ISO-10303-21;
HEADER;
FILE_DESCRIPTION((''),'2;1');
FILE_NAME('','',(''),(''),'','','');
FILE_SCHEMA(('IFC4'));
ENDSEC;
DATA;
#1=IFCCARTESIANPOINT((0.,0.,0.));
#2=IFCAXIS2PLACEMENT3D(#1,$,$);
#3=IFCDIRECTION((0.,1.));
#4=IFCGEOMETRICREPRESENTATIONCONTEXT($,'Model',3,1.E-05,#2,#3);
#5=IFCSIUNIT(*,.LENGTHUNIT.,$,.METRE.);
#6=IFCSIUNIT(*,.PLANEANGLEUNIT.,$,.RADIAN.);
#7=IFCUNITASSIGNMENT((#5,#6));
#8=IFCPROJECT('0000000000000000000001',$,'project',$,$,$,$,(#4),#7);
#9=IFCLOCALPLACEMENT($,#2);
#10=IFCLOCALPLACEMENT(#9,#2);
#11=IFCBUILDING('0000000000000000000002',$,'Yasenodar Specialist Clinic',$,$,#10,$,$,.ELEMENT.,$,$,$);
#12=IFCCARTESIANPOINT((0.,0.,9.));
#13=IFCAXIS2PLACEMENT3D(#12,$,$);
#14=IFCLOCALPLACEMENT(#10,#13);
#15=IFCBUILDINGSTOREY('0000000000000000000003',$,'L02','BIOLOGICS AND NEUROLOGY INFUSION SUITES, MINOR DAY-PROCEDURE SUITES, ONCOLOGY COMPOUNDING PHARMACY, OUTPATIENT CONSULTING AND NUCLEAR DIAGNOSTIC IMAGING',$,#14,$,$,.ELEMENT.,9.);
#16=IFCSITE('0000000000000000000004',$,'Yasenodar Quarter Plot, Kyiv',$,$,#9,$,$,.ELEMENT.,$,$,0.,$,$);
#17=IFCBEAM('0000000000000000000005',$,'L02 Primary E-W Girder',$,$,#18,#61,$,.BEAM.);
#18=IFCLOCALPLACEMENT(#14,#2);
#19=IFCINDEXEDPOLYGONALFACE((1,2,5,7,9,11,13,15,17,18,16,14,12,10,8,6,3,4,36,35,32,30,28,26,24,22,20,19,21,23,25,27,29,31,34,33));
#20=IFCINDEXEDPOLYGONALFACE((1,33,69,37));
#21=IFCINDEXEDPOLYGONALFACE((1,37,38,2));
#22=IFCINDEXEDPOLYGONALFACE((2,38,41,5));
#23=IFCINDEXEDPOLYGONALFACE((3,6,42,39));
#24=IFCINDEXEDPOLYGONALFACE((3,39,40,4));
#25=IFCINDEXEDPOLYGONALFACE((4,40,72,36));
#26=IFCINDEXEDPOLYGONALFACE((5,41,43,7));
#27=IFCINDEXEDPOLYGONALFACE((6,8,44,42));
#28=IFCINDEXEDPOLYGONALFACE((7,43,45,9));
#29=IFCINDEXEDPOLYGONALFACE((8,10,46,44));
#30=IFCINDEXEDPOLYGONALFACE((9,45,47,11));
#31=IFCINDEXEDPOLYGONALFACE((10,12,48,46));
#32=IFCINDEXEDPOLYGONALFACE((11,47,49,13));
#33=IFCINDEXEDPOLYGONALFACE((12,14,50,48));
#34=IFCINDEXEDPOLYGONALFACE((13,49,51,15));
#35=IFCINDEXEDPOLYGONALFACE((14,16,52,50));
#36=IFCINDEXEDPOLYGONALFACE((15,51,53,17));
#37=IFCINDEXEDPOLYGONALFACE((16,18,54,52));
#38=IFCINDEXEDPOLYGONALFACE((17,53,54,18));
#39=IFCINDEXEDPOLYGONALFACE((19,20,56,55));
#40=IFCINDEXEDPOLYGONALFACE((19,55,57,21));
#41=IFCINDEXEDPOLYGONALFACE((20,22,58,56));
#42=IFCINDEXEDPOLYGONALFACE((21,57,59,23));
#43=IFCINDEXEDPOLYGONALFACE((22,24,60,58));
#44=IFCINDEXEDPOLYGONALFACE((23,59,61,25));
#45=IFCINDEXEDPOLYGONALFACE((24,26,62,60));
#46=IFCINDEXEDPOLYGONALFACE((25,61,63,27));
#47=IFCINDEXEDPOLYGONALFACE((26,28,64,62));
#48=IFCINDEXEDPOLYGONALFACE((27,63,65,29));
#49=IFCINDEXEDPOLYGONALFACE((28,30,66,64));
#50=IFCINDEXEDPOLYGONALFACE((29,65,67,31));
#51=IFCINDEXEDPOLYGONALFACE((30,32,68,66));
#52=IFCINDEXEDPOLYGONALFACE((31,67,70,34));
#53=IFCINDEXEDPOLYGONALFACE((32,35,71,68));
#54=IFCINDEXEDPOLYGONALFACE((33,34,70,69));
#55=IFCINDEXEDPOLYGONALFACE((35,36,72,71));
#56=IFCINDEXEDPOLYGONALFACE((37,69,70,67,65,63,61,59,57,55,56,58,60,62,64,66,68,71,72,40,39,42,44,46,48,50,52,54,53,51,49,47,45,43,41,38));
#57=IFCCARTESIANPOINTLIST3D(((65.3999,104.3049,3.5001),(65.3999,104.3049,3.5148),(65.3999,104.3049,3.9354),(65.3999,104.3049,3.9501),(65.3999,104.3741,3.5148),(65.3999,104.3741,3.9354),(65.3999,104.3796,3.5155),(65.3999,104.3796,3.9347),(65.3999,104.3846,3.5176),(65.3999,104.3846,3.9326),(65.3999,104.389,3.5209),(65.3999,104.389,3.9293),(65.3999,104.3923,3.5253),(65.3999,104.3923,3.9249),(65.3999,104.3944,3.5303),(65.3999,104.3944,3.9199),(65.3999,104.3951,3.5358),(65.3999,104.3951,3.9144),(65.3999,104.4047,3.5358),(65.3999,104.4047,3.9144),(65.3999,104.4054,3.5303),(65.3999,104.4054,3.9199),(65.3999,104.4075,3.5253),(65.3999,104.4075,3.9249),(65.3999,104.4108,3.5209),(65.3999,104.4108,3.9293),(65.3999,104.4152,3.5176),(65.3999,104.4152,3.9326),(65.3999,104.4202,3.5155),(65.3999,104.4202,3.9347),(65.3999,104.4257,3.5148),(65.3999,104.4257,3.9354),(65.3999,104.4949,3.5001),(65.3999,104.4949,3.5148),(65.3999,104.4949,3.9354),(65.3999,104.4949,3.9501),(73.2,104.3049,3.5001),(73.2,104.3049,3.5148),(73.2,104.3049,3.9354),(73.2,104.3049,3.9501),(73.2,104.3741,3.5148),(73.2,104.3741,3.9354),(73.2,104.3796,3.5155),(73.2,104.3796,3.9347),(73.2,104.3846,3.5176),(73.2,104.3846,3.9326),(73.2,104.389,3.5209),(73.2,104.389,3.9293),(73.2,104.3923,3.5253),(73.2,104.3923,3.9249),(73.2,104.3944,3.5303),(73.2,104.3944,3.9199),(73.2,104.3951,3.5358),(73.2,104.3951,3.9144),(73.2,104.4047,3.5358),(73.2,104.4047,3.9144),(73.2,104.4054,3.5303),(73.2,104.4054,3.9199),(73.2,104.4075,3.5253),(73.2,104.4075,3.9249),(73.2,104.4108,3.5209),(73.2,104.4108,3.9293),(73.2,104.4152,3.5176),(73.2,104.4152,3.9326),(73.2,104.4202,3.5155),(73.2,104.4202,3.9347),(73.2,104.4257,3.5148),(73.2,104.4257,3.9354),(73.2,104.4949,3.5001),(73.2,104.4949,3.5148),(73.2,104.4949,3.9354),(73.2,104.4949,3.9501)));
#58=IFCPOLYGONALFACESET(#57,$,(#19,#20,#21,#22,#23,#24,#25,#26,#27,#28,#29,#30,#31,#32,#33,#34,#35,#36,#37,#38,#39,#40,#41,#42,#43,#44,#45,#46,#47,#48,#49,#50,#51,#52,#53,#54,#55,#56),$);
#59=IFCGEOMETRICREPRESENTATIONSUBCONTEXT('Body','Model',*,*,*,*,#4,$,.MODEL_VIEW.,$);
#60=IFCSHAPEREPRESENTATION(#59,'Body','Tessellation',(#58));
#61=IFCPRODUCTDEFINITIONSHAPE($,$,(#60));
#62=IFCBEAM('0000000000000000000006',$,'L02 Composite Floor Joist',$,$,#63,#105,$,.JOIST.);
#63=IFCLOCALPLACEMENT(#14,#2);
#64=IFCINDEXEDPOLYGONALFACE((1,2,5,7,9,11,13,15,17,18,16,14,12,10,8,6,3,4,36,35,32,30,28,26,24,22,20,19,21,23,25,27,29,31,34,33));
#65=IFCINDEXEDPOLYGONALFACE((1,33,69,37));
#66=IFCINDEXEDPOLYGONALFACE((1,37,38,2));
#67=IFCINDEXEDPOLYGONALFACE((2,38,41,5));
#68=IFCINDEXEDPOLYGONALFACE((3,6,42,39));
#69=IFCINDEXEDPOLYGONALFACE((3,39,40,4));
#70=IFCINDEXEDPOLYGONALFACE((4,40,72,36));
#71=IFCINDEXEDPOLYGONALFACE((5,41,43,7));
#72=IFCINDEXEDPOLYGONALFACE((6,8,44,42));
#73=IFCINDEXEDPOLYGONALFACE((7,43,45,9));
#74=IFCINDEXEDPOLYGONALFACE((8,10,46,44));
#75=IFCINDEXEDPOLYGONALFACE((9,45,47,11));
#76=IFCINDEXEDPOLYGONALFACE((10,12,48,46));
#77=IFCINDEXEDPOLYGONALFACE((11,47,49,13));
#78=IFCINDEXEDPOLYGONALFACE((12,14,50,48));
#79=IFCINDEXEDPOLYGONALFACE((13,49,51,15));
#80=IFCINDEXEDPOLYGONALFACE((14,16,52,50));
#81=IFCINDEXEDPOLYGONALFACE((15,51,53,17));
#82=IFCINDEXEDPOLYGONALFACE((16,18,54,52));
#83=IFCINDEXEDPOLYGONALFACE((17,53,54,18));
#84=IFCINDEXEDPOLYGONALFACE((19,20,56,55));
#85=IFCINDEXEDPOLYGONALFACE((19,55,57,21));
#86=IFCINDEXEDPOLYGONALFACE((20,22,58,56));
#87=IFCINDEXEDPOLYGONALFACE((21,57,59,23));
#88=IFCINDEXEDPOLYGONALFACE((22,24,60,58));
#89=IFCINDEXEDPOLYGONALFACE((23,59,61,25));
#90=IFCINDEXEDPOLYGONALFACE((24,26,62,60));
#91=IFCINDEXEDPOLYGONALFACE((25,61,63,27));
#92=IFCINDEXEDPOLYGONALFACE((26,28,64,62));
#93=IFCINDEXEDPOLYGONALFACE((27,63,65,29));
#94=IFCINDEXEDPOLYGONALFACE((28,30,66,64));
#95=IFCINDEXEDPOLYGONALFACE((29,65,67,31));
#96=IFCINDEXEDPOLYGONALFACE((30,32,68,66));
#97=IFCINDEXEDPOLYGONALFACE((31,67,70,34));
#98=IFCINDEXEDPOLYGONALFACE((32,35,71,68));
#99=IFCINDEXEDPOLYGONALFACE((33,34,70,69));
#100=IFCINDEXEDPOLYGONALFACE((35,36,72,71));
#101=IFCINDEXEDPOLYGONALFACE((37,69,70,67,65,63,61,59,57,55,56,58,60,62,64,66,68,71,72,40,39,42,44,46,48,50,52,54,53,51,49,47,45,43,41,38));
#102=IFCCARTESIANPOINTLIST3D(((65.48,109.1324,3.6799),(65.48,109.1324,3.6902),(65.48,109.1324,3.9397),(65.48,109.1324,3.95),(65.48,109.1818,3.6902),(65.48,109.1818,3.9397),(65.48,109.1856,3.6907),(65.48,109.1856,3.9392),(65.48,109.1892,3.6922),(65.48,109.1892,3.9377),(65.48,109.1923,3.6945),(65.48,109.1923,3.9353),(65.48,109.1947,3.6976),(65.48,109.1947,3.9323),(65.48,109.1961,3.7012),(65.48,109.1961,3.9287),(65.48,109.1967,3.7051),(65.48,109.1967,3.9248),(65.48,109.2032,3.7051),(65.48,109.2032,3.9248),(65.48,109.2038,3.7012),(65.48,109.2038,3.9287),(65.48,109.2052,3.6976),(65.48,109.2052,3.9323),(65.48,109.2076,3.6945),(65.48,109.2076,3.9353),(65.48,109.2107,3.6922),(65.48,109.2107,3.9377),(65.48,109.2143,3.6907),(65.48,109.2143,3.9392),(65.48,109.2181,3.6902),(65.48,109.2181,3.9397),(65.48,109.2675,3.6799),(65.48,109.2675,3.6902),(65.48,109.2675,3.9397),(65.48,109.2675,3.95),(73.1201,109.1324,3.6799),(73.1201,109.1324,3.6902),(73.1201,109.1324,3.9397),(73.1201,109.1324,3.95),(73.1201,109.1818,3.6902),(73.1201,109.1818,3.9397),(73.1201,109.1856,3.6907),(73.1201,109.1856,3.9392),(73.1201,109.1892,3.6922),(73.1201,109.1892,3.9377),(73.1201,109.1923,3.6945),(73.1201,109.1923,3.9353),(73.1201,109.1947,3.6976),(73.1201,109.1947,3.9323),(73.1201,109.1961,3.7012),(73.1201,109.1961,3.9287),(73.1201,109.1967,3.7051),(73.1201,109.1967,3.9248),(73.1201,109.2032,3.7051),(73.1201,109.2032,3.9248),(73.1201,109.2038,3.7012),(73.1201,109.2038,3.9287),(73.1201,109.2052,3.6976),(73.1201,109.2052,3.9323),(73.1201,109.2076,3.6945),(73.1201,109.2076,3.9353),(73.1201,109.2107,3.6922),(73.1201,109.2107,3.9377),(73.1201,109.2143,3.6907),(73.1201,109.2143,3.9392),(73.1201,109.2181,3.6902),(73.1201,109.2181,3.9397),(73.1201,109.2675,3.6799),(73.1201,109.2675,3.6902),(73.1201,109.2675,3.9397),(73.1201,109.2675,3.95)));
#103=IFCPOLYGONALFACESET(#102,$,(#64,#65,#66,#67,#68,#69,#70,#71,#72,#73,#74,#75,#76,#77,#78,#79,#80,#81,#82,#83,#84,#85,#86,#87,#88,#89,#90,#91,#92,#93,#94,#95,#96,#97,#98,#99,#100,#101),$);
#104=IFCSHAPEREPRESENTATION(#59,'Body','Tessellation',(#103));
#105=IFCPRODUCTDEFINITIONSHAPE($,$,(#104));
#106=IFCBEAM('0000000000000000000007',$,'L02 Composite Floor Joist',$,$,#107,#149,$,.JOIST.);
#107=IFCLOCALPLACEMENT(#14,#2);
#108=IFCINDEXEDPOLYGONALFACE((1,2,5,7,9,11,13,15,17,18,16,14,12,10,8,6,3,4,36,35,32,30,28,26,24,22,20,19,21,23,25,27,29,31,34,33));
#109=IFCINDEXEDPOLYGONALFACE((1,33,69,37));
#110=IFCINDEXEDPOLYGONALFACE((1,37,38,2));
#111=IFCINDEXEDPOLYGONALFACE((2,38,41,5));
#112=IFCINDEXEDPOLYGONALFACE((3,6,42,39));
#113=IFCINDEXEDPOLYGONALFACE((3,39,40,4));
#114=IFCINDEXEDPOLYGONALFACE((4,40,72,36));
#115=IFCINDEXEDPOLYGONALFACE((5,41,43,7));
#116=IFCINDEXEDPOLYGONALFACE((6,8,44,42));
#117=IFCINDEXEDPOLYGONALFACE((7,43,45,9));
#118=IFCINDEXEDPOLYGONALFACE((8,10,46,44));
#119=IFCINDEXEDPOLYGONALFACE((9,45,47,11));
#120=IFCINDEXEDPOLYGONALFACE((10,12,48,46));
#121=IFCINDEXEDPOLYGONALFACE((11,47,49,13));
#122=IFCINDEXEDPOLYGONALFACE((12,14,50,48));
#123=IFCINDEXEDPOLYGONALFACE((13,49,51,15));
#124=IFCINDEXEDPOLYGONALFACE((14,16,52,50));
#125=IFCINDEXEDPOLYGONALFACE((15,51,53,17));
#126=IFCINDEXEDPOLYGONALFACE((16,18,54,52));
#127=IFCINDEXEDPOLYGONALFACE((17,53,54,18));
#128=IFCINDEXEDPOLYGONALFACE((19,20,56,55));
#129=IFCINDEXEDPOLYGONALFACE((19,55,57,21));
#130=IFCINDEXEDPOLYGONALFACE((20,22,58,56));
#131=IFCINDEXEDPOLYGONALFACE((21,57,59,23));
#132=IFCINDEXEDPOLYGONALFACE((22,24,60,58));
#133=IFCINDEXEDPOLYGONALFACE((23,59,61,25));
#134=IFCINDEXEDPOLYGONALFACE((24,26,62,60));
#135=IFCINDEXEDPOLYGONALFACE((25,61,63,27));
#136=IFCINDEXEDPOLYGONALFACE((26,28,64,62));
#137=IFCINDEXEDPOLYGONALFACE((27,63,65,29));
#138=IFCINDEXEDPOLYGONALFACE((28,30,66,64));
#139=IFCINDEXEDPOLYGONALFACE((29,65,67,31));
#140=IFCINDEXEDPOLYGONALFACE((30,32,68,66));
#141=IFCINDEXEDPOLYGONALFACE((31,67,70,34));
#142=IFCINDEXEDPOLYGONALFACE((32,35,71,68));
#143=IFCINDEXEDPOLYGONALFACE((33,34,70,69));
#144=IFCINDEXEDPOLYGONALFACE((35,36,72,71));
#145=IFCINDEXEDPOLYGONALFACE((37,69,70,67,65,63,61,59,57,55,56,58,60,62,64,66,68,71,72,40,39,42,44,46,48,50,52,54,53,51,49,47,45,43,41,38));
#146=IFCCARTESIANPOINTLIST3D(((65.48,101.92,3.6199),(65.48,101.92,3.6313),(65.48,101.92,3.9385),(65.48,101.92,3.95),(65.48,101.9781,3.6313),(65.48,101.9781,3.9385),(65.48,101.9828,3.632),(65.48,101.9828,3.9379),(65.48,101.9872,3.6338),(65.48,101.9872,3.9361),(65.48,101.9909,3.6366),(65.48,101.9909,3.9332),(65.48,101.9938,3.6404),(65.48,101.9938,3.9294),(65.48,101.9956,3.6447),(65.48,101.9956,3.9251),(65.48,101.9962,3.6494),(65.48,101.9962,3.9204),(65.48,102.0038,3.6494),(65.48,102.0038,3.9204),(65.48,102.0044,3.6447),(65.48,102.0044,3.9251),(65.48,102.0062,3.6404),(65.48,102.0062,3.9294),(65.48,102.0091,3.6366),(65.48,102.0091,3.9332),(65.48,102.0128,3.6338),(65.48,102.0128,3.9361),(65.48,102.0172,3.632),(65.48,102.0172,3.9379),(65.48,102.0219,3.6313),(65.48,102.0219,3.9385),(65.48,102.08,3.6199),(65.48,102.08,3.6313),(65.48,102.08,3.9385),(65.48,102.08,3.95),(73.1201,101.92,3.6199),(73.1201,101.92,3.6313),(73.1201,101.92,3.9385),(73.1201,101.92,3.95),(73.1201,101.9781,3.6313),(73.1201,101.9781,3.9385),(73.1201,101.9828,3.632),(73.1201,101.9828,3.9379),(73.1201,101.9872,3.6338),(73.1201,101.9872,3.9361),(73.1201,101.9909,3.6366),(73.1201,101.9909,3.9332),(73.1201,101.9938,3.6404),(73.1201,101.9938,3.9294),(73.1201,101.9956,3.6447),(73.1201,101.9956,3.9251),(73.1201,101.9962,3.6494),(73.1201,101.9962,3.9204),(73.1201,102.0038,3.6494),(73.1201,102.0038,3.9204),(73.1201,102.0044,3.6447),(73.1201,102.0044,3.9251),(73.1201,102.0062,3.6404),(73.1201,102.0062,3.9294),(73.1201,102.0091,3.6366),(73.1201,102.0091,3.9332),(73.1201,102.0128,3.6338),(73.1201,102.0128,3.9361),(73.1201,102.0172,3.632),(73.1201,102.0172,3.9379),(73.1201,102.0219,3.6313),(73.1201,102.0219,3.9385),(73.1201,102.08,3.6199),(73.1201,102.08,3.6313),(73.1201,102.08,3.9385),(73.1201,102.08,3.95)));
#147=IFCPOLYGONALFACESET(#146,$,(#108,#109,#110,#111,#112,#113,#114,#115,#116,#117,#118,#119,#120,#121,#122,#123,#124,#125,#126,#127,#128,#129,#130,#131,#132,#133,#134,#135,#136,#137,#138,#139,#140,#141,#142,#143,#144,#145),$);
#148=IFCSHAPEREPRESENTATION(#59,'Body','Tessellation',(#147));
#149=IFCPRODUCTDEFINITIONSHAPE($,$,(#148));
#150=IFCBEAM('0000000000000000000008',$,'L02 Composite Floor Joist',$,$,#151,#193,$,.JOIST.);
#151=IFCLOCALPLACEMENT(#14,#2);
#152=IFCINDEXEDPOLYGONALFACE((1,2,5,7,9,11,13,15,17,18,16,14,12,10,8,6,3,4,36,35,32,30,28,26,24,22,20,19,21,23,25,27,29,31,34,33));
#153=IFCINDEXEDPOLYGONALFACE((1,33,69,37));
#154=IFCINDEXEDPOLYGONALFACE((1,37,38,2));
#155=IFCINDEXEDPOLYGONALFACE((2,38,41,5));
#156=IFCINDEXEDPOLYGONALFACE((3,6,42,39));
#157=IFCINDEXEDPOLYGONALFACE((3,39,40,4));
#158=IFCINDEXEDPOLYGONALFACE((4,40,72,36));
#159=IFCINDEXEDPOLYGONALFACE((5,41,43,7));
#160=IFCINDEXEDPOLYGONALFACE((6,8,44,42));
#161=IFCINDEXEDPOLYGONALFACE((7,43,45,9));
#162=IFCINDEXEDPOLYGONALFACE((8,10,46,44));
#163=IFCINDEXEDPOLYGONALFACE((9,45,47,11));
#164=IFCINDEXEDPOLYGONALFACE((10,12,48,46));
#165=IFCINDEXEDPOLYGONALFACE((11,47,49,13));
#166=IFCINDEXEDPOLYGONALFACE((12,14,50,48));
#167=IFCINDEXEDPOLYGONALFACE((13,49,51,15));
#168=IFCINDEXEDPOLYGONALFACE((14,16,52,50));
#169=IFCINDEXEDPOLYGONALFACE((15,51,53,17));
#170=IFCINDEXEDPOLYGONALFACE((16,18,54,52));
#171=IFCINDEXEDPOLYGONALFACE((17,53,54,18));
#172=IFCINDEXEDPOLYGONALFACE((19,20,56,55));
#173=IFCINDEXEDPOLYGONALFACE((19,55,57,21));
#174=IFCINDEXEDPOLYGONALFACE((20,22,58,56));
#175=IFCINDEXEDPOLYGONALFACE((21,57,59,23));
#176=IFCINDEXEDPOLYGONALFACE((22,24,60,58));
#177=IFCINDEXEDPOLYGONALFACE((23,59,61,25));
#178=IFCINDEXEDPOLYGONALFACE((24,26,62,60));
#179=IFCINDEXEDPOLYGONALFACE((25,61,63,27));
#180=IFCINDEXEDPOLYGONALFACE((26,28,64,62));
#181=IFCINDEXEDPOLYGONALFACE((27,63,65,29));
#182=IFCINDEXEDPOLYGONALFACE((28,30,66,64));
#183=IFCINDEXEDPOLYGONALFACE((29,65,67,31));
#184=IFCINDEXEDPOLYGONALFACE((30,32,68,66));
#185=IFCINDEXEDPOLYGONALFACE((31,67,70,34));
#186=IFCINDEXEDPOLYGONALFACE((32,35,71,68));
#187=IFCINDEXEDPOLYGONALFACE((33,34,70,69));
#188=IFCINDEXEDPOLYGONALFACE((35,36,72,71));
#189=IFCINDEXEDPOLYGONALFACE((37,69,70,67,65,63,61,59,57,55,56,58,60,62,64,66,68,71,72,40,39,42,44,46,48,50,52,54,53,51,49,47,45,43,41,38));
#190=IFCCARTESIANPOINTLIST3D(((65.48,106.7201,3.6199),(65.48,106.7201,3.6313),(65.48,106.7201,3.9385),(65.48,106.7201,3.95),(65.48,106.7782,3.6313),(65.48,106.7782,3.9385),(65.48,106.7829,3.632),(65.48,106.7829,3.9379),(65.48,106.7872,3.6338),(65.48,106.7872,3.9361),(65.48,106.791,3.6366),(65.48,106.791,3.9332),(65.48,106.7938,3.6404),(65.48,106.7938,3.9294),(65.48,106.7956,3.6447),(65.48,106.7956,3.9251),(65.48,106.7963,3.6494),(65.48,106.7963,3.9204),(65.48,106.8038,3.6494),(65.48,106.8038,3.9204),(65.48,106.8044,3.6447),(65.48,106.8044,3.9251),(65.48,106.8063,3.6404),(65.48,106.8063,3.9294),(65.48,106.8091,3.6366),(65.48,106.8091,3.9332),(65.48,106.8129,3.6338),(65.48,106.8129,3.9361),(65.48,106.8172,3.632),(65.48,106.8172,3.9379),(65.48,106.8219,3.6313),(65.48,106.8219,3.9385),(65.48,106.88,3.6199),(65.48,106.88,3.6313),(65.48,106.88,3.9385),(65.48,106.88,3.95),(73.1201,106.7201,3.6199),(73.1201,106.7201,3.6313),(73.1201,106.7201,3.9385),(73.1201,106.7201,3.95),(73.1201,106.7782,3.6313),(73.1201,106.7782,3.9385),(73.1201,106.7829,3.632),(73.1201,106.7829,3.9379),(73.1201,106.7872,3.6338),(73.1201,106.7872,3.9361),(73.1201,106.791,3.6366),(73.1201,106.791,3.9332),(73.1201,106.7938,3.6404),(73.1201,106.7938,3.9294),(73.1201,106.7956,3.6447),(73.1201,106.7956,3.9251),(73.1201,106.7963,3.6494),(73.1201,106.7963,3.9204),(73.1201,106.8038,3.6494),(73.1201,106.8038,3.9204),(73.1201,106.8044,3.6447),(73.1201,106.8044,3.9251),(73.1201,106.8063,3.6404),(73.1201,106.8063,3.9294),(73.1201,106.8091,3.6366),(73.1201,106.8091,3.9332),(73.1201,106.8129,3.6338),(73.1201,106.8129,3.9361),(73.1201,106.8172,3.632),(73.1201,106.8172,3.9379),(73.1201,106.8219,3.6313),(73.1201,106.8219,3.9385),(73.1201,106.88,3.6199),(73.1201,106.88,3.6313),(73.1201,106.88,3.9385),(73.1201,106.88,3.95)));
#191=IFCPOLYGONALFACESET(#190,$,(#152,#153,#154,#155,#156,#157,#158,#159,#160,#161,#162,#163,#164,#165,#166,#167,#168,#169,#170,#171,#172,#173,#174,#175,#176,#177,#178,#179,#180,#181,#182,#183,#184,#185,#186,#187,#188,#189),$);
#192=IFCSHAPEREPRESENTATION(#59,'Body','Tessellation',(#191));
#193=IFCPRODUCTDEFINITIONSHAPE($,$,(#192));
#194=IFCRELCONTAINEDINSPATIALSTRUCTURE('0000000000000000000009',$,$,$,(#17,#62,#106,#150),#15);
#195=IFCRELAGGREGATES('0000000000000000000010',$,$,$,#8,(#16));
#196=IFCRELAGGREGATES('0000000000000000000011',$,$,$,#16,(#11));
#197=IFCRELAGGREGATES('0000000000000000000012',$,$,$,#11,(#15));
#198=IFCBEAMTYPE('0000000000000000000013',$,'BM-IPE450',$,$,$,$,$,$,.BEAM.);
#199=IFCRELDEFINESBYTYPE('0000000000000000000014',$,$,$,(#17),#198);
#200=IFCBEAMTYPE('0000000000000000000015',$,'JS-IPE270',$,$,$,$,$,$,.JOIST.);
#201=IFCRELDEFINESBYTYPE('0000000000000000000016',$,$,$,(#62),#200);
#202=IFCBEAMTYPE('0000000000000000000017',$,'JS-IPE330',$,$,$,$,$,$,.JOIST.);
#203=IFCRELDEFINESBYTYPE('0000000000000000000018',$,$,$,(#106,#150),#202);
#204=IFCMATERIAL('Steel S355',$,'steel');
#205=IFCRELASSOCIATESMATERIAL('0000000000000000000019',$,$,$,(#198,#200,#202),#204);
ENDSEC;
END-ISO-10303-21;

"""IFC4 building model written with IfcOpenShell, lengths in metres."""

from ifc_helpers import new_model, si_unit, direction, frame, origin, origin_2d, place, context, subcontext, project, spatial, i_section, extrude, material, material_profile, profile_set, type_object, element, save


model = new_model("IFC4")

# Units and contexts
model_context = context("Model", 3, precision=1e-05, world=origin(), true_north=direction((0.0, 1.0)))
body_context = subcontext(model_context, "Body", "Model", "MODEL_VIEW")
ifc_project = project(units=[si_unit("LENGTHUNIT", "METRE"), si_unit("PLANEANGLEUNIT", "RADIAN")], contexts=[model_context])

# Site, building, storey
site_placement = place(None, origin())
site = spatial("IfcSite", under=ifc_project, at=site_placement, Name="Yasenodar Quarter Plot, Kyiv", CompositionType="ELEMENT", RefElevation=0.0)
building_placement = place(site_placement, origin())
building = spatial("IfcBuilding", under=site, at=building_placement, Name="Yasenodar Specialist Clinic", CompositionType="ELEMENT")
storey_placement = place(building_placement, frame((0.0, 0.0, 9.0)))
storey = spatial("IfcBuildingStorey", under=building, at=storey_placement, Name="L02", Description="BIOLOGICS AND NEUROLOGY INFUSION SUITES, MINOR DAY-PROCEDURE SUITES, ONCOLOGY COMPOUNDING PHARMACY, OUTPATIENT CONSULTING AND NUCLEAR DIAGNOSTIC IMAGING", CompositionType="ELEMENT", Elevation=9.0)

# Shared definitions
ifc_material_1 = material(Name="Steel S355", Category="steel")

# Beams
ifc_material_profile_1 = material_profile(ifc_material_1, i_section(OverallWidth=0.1899, OverallDepth=0.45, WebThickness=0.0095, FlangeThickness=0.0146, FilletRadius=0.021, at=origin_2d()), Name="IPE 450")
ifc_profile_set_1 = profile_set([ifc_material_profile_1], Name="Steel S355")
beam_type_1 = type_object("IfcBeamType", Name="BM-IPE450", PredefinedType="BEAM", material=ifc_profile_set_1)
beam_1_placement = place(storey_placement, frame((65.3999, 104.3999, 3.7251), z_axis=(1.0, 0.0, 0.0), x_axis=(0.0, 1.0, 0.0)))
element("IfcBeam", 1, at=beam_1_placement, inside=storey, type_object=beam_type_1, Name="L02 Primary E-W Girder", PredefinedType="BEAM", context=body_context, shape_type="SweptSolid", body=[
    extrude(i_section(OverallWidth=0.1899, OverallDepth=0.45, WebThickness=0.0095, FlangeThickness=0.0146, FilletRadius=0.021, at=origin_2d()), origin(), (0.0, 0.0, 1.0), 7.8),
])
ifc_material_profile_2 = material_profile(ifc_material_1, i_section(OverallWidth=0.135, OverallDepth=0.27, WebThickness=0.0066, FlangeThickness=0.0103, FilletRadius=0.0149, at=origin_2d()), Name="IPE 270")
ifc_profile_set_2 = profile_set([ifc_material_profile_2], Name="Steel S355")
beam_type_2 = type_object("IfcBeamType", Name="JS-IPE270", PredefinedType="JOIST", material=ifc_profile_set_2)
beam_2_placement = place(storey_placement, frame((65.48, 109.2, 3.8149), z_axis=(1.0, 0.0, 0.0), x_axis=(0.0, 1.0, 0.0)))
element("IfcBeam", 2, at=beam_2_placement, inside=storey, type_object=beam_type_2, Name="L02 Composite Floor Joist", PredefinedType="JOIST", context=body_context, shape_type="SweptSolid", body=[
    extrude(i_section(OverallWidth=0.135, OverallDepth=0.27, WebThickness=0.0066, FlangeThickness=0.0103, FilletRadius=0.0149, at=origin_2d()), origin(), (0.0, 0.0, 1.0), 7.6401),
])
ifc_material_profile_3 = material_profile(ifc_material_1, i_section(OverallWidth=0.1599, OverallDepth=0.3301, WebThickness=0.0076, FlangeThickness=0.0115, FilletRadius=0.0181, at=origin_2d()), Name="IPE 330")
ifc_profile_set_3 = profile_set([ifc_material_profile_3], Name="Steel S355")
beam_type_3 = type_object("IfcBeamType", Name="JS-IPE330", PredefinedType="JOIST", material=ifc_profile_set_3)
for number, where, z_axis, x_axis, name in (
    (3, (65.48, 102.0, 3.7849), (1.0, 0.0, 0.0), (0.0, 1.0, 0.0), "L02 Composite Floor Joist"),
    (4, (65.48, 106.8, 3.7849), (1.0, 0.0, 0.0), (0.0, 1.0, 0.0), "L02 Composite Floor Joist"),
):
    element("IfcBeam", number, at=place(storey_placement, frame(where, z_axis=z_axis, x_axis=x_axis)), inside=storey, type_object=beam_type_3, Name=name, PredefinedType="JOIST", context=body_context, shape_type="SweptSolid", body=[
        extrude(i_section(OverallWidth=0.1599, OverallDepth=0.3301, WebThickness=0.0076, FlangeThickness=0.0115, FilletRadius=0.0181, at=origin_2d()), origin(), (0.0, 0.0, 1.0), 7.6401),
    ])

save(model, "model.ifc")
